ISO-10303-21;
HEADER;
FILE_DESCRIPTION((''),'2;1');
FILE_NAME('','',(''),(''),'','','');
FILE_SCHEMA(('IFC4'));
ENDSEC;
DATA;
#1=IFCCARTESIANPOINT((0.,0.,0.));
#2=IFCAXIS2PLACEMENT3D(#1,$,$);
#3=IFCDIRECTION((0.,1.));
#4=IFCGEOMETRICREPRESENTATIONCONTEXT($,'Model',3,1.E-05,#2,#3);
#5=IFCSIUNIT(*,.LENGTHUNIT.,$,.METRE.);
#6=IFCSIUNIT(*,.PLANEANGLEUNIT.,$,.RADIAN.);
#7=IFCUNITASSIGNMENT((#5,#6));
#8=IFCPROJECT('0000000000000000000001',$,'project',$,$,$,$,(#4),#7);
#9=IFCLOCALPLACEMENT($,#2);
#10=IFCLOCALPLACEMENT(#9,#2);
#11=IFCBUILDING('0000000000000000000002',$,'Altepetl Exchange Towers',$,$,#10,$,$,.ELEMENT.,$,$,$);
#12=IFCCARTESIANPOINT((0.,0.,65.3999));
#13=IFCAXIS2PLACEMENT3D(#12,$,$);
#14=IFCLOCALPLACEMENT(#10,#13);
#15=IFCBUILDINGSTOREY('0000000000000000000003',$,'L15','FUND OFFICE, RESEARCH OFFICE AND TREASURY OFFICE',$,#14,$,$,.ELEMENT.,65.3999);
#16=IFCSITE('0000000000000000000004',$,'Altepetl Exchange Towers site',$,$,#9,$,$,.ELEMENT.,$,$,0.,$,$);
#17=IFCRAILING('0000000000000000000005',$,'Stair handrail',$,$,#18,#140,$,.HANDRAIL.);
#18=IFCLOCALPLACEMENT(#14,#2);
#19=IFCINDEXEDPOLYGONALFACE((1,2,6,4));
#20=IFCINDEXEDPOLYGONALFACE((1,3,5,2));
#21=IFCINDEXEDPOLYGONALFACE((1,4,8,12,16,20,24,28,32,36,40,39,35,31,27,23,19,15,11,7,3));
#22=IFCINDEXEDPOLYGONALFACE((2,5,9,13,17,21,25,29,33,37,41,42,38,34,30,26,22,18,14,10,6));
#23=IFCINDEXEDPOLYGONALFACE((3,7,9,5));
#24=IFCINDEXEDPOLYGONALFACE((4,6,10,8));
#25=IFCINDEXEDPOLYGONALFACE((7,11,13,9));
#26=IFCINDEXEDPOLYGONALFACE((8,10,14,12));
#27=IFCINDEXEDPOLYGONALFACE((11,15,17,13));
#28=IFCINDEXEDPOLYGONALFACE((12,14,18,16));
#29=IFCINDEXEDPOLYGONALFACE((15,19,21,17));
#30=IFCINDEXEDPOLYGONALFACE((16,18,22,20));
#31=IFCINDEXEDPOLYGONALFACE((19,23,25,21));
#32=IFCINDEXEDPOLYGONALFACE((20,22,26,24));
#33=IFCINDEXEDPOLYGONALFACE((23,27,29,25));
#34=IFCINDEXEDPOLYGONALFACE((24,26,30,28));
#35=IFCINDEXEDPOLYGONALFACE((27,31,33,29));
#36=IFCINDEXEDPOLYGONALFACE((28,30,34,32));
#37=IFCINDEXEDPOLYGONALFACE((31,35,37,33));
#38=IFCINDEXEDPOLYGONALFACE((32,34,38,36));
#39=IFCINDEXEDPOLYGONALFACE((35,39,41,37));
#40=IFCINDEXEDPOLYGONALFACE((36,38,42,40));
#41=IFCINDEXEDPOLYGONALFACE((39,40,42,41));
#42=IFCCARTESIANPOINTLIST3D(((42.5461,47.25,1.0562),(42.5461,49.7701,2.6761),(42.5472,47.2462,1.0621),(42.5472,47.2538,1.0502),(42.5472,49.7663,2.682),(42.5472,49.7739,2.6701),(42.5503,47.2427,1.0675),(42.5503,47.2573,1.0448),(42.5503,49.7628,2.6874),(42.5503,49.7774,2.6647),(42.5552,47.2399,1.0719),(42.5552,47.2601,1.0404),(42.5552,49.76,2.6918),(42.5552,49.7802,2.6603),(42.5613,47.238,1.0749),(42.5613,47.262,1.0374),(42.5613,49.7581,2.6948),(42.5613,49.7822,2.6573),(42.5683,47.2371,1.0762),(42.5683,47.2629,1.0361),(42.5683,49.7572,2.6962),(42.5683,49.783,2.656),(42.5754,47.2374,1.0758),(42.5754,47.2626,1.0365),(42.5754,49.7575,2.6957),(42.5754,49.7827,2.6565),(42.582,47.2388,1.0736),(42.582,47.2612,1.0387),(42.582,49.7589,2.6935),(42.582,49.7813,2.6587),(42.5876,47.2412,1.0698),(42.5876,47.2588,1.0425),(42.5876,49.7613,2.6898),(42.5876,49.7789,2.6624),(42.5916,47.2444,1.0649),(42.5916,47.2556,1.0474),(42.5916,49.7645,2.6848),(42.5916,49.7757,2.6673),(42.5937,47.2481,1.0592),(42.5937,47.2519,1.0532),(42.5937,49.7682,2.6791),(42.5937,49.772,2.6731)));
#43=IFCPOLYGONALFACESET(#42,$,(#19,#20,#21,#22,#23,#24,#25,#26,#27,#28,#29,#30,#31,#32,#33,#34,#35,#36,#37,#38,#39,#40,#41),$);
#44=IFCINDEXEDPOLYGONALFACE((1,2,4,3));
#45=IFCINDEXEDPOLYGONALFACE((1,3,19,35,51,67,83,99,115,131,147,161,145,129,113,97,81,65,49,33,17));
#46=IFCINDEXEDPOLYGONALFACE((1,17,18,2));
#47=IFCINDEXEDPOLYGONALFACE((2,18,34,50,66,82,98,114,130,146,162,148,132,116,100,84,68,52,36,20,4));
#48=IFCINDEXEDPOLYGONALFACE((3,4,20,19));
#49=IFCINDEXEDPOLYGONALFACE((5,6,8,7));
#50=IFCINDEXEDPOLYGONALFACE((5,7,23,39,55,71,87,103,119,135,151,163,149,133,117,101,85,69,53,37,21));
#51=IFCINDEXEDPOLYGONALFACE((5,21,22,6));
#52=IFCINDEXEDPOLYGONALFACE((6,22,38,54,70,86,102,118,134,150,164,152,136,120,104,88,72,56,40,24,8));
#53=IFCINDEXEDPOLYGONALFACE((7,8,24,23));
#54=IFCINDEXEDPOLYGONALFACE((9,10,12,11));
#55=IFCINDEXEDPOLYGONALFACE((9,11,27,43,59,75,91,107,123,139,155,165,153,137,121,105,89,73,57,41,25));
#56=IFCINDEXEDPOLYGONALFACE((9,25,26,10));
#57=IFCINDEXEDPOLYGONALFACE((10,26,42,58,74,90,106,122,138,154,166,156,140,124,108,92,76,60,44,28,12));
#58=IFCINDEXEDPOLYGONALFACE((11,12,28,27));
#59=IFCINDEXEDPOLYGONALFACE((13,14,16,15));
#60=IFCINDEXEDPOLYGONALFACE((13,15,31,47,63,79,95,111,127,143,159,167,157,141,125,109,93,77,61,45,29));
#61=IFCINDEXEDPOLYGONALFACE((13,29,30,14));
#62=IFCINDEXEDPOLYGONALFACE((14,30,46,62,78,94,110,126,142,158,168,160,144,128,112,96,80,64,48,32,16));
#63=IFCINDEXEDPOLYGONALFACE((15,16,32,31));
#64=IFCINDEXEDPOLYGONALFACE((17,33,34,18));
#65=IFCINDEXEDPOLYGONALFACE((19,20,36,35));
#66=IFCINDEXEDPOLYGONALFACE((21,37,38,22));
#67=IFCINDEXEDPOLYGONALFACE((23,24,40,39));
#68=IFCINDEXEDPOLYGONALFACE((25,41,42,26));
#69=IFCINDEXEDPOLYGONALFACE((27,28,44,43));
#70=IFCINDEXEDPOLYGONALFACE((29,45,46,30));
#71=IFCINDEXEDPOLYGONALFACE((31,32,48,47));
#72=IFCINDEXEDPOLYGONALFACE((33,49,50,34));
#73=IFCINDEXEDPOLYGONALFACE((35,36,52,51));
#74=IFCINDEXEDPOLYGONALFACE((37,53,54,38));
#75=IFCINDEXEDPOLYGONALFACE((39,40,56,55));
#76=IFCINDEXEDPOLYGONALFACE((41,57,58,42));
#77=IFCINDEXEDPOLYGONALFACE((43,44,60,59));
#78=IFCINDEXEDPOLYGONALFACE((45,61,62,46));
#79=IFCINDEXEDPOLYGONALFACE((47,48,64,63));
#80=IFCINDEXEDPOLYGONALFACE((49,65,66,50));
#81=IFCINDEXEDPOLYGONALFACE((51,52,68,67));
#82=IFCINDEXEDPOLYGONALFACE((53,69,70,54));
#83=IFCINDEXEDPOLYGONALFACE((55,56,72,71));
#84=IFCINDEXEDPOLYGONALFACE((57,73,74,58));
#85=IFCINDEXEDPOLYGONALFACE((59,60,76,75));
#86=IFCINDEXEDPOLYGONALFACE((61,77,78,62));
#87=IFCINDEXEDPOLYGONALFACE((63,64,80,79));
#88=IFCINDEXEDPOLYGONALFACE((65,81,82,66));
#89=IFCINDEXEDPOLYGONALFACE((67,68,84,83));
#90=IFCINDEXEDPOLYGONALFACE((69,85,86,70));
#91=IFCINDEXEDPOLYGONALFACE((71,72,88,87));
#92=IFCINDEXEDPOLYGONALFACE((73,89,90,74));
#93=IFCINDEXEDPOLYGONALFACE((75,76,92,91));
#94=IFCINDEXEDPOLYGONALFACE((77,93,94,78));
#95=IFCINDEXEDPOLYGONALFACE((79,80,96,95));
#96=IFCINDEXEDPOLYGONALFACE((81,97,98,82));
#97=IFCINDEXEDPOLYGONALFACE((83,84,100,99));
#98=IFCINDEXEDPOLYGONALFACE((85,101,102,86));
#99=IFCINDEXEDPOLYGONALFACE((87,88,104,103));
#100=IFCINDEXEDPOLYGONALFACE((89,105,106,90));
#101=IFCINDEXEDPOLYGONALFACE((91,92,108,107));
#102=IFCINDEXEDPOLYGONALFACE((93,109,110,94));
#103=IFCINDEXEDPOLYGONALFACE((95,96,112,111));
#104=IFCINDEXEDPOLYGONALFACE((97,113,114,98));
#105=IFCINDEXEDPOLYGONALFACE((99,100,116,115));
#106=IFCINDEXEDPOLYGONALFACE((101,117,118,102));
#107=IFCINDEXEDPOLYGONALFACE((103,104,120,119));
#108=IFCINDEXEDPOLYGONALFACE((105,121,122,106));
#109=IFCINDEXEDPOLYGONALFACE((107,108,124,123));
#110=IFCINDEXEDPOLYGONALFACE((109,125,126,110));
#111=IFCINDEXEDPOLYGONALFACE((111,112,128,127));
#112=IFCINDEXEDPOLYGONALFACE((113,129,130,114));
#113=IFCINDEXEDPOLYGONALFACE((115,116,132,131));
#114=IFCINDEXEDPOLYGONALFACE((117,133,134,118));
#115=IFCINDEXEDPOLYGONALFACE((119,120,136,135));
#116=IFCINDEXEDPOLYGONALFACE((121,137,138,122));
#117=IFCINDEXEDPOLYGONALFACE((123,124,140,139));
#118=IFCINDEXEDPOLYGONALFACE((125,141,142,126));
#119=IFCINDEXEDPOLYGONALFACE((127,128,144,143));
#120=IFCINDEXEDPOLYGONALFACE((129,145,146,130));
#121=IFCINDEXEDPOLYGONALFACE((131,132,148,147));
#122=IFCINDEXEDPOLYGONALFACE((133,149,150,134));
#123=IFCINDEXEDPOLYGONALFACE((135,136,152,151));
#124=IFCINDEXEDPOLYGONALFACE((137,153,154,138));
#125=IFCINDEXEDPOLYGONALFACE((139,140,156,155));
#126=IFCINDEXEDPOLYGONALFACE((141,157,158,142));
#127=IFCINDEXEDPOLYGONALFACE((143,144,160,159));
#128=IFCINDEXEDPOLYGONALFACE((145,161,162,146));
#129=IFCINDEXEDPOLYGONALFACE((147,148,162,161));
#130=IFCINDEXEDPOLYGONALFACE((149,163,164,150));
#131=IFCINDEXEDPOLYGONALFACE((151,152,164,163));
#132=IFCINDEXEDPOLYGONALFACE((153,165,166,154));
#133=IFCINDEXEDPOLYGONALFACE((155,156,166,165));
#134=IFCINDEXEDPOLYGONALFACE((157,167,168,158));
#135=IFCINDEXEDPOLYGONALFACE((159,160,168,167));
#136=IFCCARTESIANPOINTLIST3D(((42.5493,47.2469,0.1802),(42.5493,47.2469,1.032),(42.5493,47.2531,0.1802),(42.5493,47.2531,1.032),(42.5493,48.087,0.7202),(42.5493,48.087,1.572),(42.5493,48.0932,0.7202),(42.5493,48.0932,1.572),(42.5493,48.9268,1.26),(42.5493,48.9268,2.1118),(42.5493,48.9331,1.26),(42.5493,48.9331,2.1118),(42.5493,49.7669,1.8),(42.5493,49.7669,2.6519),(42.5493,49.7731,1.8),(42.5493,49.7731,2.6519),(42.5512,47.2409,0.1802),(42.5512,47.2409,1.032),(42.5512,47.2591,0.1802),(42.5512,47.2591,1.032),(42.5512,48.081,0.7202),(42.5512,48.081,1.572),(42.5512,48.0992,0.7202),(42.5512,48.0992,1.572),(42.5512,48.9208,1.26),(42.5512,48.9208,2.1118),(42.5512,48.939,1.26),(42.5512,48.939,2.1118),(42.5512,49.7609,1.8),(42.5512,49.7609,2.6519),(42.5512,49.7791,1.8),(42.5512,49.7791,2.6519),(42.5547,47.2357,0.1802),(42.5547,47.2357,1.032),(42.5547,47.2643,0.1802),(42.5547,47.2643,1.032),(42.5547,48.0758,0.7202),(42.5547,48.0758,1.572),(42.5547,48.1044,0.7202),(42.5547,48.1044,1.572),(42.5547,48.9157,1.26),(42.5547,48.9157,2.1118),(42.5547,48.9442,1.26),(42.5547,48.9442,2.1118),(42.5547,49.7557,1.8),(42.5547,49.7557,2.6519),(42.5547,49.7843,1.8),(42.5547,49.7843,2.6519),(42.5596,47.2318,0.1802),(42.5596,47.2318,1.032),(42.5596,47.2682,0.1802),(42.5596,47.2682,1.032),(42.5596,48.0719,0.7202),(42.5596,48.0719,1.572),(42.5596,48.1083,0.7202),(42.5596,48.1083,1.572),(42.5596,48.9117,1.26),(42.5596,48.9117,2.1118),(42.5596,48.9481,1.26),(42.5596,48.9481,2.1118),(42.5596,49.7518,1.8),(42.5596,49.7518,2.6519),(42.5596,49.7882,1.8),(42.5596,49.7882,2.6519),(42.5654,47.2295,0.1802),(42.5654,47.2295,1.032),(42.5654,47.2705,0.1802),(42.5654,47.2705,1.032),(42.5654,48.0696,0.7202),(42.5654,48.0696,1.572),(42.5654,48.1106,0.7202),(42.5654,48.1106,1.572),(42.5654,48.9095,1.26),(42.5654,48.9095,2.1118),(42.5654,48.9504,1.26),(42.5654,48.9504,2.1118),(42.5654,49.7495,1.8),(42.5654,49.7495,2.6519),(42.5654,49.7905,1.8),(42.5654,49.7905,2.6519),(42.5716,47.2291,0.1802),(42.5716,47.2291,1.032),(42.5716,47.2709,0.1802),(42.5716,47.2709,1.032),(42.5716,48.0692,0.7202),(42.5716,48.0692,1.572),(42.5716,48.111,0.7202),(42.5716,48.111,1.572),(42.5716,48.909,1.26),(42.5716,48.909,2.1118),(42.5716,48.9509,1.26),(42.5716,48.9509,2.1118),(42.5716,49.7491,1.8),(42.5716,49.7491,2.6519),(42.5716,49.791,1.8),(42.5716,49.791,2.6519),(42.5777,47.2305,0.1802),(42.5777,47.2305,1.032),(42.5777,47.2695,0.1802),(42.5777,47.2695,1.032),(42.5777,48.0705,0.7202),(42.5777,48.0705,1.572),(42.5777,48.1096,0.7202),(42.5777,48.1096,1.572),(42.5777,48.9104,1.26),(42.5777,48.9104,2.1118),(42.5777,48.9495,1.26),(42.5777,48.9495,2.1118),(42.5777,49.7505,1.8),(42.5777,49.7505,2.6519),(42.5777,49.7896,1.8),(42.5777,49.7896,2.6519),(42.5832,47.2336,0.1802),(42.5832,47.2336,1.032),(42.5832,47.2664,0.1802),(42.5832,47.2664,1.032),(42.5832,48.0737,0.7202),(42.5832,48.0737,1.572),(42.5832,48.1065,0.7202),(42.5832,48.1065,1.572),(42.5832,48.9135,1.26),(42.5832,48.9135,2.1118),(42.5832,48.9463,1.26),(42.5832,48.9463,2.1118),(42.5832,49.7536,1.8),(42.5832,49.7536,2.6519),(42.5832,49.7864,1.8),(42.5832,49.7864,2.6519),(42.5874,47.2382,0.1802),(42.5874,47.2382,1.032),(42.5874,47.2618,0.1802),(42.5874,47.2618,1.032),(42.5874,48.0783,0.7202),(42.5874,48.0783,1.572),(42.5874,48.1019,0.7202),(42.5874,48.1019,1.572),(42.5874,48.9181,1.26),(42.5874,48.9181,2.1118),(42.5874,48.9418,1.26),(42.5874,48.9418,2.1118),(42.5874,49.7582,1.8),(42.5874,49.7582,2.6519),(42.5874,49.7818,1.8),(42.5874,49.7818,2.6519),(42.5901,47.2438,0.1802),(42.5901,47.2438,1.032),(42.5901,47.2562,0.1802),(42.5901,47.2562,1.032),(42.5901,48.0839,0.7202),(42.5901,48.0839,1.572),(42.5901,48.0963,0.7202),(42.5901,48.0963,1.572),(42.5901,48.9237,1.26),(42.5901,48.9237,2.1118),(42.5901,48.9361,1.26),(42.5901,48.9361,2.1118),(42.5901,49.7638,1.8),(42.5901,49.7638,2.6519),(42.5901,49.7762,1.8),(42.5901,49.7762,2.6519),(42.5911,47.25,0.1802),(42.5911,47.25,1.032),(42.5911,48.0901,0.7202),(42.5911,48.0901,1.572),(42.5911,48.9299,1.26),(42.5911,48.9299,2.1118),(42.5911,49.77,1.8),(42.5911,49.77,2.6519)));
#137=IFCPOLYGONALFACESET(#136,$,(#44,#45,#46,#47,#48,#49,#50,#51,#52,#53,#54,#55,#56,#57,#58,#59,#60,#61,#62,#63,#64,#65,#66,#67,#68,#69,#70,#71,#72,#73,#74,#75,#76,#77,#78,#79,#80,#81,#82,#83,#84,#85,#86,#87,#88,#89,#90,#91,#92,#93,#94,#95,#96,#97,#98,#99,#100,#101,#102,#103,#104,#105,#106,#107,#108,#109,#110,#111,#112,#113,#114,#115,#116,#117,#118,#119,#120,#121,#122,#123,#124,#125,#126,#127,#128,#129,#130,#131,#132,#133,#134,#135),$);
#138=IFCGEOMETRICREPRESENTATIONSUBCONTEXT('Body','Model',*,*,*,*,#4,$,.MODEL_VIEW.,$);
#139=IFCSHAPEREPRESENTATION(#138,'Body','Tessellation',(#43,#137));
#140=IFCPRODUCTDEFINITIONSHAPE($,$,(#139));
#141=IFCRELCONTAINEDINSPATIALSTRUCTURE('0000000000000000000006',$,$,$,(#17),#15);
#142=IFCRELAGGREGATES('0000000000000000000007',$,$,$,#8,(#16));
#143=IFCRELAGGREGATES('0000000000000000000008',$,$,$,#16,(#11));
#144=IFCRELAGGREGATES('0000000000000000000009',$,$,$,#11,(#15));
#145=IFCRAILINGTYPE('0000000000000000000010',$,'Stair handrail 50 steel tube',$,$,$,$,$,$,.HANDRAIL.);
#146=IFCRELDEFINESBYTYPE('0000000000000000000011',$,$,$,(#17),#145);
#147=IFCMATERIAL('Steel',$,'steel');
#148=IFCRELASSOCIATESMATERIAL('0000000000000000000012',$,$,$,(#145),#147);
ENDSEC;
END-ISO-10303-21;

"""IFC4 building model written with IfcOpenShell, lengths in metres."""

from ifc_helpers import new_model, si_unit, direction, frame, origin, origin_2d, place, context, subcontext, project, spatial, circle, extrude, source, transform, mapped, material, type_object, element, save


model = new_model("IFC4")

# Units and contexts
model_context = context("Model", 3, precision=1e-05, world=origin(), true_north=direction((0.0, 1.0)))
body_context = subcontext(model_context, "Body", "Model", "MODEL_VIEW")
ifc_project = project(units=[si_unit("LENGTHUNIT", "METRE"), si_unit("PLANEANGLEUNIT", "RADIAN")], contexts=[model_context])

# Site, building, storey
site_placement = place(None, origin())
site = spatial("IfcSite", under=ifc_project, at=site_placement, Name="Altepetl Exchange Towers site", CompositionType="ELEMENT", RefElevation=0.0)
building_placement = place(site_placement, origin())
building = spatial("IfcBuilding", under=site, at=building_placement, Name="Altepetl Exchange Towers", CompositionType="ELEMENT")
storey_placement = place(building_placement, frame((0.0, 0.0, 65.3999)))
storey = spatial("IfcBuildingStorey", under=building, at=storey_placement, Name="L15", Description="FUND OFFICE, RESEARCH OFFICE AND TREASURY OFFICE", CompositionType="ELEMENT", Elevation=65.3999)

# Railing
ifc_material_1 = material(Name="Steel", Category="steel")
railing_type = type_object("IfcRailingType", Name="Stair handrail 50 steel tube", PredefinedType="HANDRAIL", material=ifc_material_1)
shared_shape = source(origin(), body_context, "Body", "SweptSolid", [
    extrude(circle(Radius=0.021, at=origin_2d()), origin(), (0.0, 0.0, 1.0), 0.8518),
])
railing_placement = place(storey_placement, frame((42.5701, 47.25, 0.1802)))
element("IfcRailing", 1, at=railing_placement, inside=storey, type_object=railing_type, Name="Stair handrail", PredefinedType="HANDRAIL", context=body_context, shape_type="SweptSolid", body=[
    extrude(circle(Radius=0.0239, at=origin_2d()), frame((0.0, 0.0, 0.876), z_axis=(0.0, 0.8412, 0.540725), x_axis=(-1.0, 0.0, 0.0)), (0.0, 0.0, 1.0), 2.9958),
    mapped(shared_shape, transform((0.0, 0.0, 0.0))),
    mapped(shared_shape, transform((0.0, 0.8401, 0.54))),
    mapped(shared_shape, transform((0.0, 1.6799, 1.0798))),
    mapped(shared_shape, transform((0.0, 2.52, 1.6199))),
])

save(model, "model.ifc")
